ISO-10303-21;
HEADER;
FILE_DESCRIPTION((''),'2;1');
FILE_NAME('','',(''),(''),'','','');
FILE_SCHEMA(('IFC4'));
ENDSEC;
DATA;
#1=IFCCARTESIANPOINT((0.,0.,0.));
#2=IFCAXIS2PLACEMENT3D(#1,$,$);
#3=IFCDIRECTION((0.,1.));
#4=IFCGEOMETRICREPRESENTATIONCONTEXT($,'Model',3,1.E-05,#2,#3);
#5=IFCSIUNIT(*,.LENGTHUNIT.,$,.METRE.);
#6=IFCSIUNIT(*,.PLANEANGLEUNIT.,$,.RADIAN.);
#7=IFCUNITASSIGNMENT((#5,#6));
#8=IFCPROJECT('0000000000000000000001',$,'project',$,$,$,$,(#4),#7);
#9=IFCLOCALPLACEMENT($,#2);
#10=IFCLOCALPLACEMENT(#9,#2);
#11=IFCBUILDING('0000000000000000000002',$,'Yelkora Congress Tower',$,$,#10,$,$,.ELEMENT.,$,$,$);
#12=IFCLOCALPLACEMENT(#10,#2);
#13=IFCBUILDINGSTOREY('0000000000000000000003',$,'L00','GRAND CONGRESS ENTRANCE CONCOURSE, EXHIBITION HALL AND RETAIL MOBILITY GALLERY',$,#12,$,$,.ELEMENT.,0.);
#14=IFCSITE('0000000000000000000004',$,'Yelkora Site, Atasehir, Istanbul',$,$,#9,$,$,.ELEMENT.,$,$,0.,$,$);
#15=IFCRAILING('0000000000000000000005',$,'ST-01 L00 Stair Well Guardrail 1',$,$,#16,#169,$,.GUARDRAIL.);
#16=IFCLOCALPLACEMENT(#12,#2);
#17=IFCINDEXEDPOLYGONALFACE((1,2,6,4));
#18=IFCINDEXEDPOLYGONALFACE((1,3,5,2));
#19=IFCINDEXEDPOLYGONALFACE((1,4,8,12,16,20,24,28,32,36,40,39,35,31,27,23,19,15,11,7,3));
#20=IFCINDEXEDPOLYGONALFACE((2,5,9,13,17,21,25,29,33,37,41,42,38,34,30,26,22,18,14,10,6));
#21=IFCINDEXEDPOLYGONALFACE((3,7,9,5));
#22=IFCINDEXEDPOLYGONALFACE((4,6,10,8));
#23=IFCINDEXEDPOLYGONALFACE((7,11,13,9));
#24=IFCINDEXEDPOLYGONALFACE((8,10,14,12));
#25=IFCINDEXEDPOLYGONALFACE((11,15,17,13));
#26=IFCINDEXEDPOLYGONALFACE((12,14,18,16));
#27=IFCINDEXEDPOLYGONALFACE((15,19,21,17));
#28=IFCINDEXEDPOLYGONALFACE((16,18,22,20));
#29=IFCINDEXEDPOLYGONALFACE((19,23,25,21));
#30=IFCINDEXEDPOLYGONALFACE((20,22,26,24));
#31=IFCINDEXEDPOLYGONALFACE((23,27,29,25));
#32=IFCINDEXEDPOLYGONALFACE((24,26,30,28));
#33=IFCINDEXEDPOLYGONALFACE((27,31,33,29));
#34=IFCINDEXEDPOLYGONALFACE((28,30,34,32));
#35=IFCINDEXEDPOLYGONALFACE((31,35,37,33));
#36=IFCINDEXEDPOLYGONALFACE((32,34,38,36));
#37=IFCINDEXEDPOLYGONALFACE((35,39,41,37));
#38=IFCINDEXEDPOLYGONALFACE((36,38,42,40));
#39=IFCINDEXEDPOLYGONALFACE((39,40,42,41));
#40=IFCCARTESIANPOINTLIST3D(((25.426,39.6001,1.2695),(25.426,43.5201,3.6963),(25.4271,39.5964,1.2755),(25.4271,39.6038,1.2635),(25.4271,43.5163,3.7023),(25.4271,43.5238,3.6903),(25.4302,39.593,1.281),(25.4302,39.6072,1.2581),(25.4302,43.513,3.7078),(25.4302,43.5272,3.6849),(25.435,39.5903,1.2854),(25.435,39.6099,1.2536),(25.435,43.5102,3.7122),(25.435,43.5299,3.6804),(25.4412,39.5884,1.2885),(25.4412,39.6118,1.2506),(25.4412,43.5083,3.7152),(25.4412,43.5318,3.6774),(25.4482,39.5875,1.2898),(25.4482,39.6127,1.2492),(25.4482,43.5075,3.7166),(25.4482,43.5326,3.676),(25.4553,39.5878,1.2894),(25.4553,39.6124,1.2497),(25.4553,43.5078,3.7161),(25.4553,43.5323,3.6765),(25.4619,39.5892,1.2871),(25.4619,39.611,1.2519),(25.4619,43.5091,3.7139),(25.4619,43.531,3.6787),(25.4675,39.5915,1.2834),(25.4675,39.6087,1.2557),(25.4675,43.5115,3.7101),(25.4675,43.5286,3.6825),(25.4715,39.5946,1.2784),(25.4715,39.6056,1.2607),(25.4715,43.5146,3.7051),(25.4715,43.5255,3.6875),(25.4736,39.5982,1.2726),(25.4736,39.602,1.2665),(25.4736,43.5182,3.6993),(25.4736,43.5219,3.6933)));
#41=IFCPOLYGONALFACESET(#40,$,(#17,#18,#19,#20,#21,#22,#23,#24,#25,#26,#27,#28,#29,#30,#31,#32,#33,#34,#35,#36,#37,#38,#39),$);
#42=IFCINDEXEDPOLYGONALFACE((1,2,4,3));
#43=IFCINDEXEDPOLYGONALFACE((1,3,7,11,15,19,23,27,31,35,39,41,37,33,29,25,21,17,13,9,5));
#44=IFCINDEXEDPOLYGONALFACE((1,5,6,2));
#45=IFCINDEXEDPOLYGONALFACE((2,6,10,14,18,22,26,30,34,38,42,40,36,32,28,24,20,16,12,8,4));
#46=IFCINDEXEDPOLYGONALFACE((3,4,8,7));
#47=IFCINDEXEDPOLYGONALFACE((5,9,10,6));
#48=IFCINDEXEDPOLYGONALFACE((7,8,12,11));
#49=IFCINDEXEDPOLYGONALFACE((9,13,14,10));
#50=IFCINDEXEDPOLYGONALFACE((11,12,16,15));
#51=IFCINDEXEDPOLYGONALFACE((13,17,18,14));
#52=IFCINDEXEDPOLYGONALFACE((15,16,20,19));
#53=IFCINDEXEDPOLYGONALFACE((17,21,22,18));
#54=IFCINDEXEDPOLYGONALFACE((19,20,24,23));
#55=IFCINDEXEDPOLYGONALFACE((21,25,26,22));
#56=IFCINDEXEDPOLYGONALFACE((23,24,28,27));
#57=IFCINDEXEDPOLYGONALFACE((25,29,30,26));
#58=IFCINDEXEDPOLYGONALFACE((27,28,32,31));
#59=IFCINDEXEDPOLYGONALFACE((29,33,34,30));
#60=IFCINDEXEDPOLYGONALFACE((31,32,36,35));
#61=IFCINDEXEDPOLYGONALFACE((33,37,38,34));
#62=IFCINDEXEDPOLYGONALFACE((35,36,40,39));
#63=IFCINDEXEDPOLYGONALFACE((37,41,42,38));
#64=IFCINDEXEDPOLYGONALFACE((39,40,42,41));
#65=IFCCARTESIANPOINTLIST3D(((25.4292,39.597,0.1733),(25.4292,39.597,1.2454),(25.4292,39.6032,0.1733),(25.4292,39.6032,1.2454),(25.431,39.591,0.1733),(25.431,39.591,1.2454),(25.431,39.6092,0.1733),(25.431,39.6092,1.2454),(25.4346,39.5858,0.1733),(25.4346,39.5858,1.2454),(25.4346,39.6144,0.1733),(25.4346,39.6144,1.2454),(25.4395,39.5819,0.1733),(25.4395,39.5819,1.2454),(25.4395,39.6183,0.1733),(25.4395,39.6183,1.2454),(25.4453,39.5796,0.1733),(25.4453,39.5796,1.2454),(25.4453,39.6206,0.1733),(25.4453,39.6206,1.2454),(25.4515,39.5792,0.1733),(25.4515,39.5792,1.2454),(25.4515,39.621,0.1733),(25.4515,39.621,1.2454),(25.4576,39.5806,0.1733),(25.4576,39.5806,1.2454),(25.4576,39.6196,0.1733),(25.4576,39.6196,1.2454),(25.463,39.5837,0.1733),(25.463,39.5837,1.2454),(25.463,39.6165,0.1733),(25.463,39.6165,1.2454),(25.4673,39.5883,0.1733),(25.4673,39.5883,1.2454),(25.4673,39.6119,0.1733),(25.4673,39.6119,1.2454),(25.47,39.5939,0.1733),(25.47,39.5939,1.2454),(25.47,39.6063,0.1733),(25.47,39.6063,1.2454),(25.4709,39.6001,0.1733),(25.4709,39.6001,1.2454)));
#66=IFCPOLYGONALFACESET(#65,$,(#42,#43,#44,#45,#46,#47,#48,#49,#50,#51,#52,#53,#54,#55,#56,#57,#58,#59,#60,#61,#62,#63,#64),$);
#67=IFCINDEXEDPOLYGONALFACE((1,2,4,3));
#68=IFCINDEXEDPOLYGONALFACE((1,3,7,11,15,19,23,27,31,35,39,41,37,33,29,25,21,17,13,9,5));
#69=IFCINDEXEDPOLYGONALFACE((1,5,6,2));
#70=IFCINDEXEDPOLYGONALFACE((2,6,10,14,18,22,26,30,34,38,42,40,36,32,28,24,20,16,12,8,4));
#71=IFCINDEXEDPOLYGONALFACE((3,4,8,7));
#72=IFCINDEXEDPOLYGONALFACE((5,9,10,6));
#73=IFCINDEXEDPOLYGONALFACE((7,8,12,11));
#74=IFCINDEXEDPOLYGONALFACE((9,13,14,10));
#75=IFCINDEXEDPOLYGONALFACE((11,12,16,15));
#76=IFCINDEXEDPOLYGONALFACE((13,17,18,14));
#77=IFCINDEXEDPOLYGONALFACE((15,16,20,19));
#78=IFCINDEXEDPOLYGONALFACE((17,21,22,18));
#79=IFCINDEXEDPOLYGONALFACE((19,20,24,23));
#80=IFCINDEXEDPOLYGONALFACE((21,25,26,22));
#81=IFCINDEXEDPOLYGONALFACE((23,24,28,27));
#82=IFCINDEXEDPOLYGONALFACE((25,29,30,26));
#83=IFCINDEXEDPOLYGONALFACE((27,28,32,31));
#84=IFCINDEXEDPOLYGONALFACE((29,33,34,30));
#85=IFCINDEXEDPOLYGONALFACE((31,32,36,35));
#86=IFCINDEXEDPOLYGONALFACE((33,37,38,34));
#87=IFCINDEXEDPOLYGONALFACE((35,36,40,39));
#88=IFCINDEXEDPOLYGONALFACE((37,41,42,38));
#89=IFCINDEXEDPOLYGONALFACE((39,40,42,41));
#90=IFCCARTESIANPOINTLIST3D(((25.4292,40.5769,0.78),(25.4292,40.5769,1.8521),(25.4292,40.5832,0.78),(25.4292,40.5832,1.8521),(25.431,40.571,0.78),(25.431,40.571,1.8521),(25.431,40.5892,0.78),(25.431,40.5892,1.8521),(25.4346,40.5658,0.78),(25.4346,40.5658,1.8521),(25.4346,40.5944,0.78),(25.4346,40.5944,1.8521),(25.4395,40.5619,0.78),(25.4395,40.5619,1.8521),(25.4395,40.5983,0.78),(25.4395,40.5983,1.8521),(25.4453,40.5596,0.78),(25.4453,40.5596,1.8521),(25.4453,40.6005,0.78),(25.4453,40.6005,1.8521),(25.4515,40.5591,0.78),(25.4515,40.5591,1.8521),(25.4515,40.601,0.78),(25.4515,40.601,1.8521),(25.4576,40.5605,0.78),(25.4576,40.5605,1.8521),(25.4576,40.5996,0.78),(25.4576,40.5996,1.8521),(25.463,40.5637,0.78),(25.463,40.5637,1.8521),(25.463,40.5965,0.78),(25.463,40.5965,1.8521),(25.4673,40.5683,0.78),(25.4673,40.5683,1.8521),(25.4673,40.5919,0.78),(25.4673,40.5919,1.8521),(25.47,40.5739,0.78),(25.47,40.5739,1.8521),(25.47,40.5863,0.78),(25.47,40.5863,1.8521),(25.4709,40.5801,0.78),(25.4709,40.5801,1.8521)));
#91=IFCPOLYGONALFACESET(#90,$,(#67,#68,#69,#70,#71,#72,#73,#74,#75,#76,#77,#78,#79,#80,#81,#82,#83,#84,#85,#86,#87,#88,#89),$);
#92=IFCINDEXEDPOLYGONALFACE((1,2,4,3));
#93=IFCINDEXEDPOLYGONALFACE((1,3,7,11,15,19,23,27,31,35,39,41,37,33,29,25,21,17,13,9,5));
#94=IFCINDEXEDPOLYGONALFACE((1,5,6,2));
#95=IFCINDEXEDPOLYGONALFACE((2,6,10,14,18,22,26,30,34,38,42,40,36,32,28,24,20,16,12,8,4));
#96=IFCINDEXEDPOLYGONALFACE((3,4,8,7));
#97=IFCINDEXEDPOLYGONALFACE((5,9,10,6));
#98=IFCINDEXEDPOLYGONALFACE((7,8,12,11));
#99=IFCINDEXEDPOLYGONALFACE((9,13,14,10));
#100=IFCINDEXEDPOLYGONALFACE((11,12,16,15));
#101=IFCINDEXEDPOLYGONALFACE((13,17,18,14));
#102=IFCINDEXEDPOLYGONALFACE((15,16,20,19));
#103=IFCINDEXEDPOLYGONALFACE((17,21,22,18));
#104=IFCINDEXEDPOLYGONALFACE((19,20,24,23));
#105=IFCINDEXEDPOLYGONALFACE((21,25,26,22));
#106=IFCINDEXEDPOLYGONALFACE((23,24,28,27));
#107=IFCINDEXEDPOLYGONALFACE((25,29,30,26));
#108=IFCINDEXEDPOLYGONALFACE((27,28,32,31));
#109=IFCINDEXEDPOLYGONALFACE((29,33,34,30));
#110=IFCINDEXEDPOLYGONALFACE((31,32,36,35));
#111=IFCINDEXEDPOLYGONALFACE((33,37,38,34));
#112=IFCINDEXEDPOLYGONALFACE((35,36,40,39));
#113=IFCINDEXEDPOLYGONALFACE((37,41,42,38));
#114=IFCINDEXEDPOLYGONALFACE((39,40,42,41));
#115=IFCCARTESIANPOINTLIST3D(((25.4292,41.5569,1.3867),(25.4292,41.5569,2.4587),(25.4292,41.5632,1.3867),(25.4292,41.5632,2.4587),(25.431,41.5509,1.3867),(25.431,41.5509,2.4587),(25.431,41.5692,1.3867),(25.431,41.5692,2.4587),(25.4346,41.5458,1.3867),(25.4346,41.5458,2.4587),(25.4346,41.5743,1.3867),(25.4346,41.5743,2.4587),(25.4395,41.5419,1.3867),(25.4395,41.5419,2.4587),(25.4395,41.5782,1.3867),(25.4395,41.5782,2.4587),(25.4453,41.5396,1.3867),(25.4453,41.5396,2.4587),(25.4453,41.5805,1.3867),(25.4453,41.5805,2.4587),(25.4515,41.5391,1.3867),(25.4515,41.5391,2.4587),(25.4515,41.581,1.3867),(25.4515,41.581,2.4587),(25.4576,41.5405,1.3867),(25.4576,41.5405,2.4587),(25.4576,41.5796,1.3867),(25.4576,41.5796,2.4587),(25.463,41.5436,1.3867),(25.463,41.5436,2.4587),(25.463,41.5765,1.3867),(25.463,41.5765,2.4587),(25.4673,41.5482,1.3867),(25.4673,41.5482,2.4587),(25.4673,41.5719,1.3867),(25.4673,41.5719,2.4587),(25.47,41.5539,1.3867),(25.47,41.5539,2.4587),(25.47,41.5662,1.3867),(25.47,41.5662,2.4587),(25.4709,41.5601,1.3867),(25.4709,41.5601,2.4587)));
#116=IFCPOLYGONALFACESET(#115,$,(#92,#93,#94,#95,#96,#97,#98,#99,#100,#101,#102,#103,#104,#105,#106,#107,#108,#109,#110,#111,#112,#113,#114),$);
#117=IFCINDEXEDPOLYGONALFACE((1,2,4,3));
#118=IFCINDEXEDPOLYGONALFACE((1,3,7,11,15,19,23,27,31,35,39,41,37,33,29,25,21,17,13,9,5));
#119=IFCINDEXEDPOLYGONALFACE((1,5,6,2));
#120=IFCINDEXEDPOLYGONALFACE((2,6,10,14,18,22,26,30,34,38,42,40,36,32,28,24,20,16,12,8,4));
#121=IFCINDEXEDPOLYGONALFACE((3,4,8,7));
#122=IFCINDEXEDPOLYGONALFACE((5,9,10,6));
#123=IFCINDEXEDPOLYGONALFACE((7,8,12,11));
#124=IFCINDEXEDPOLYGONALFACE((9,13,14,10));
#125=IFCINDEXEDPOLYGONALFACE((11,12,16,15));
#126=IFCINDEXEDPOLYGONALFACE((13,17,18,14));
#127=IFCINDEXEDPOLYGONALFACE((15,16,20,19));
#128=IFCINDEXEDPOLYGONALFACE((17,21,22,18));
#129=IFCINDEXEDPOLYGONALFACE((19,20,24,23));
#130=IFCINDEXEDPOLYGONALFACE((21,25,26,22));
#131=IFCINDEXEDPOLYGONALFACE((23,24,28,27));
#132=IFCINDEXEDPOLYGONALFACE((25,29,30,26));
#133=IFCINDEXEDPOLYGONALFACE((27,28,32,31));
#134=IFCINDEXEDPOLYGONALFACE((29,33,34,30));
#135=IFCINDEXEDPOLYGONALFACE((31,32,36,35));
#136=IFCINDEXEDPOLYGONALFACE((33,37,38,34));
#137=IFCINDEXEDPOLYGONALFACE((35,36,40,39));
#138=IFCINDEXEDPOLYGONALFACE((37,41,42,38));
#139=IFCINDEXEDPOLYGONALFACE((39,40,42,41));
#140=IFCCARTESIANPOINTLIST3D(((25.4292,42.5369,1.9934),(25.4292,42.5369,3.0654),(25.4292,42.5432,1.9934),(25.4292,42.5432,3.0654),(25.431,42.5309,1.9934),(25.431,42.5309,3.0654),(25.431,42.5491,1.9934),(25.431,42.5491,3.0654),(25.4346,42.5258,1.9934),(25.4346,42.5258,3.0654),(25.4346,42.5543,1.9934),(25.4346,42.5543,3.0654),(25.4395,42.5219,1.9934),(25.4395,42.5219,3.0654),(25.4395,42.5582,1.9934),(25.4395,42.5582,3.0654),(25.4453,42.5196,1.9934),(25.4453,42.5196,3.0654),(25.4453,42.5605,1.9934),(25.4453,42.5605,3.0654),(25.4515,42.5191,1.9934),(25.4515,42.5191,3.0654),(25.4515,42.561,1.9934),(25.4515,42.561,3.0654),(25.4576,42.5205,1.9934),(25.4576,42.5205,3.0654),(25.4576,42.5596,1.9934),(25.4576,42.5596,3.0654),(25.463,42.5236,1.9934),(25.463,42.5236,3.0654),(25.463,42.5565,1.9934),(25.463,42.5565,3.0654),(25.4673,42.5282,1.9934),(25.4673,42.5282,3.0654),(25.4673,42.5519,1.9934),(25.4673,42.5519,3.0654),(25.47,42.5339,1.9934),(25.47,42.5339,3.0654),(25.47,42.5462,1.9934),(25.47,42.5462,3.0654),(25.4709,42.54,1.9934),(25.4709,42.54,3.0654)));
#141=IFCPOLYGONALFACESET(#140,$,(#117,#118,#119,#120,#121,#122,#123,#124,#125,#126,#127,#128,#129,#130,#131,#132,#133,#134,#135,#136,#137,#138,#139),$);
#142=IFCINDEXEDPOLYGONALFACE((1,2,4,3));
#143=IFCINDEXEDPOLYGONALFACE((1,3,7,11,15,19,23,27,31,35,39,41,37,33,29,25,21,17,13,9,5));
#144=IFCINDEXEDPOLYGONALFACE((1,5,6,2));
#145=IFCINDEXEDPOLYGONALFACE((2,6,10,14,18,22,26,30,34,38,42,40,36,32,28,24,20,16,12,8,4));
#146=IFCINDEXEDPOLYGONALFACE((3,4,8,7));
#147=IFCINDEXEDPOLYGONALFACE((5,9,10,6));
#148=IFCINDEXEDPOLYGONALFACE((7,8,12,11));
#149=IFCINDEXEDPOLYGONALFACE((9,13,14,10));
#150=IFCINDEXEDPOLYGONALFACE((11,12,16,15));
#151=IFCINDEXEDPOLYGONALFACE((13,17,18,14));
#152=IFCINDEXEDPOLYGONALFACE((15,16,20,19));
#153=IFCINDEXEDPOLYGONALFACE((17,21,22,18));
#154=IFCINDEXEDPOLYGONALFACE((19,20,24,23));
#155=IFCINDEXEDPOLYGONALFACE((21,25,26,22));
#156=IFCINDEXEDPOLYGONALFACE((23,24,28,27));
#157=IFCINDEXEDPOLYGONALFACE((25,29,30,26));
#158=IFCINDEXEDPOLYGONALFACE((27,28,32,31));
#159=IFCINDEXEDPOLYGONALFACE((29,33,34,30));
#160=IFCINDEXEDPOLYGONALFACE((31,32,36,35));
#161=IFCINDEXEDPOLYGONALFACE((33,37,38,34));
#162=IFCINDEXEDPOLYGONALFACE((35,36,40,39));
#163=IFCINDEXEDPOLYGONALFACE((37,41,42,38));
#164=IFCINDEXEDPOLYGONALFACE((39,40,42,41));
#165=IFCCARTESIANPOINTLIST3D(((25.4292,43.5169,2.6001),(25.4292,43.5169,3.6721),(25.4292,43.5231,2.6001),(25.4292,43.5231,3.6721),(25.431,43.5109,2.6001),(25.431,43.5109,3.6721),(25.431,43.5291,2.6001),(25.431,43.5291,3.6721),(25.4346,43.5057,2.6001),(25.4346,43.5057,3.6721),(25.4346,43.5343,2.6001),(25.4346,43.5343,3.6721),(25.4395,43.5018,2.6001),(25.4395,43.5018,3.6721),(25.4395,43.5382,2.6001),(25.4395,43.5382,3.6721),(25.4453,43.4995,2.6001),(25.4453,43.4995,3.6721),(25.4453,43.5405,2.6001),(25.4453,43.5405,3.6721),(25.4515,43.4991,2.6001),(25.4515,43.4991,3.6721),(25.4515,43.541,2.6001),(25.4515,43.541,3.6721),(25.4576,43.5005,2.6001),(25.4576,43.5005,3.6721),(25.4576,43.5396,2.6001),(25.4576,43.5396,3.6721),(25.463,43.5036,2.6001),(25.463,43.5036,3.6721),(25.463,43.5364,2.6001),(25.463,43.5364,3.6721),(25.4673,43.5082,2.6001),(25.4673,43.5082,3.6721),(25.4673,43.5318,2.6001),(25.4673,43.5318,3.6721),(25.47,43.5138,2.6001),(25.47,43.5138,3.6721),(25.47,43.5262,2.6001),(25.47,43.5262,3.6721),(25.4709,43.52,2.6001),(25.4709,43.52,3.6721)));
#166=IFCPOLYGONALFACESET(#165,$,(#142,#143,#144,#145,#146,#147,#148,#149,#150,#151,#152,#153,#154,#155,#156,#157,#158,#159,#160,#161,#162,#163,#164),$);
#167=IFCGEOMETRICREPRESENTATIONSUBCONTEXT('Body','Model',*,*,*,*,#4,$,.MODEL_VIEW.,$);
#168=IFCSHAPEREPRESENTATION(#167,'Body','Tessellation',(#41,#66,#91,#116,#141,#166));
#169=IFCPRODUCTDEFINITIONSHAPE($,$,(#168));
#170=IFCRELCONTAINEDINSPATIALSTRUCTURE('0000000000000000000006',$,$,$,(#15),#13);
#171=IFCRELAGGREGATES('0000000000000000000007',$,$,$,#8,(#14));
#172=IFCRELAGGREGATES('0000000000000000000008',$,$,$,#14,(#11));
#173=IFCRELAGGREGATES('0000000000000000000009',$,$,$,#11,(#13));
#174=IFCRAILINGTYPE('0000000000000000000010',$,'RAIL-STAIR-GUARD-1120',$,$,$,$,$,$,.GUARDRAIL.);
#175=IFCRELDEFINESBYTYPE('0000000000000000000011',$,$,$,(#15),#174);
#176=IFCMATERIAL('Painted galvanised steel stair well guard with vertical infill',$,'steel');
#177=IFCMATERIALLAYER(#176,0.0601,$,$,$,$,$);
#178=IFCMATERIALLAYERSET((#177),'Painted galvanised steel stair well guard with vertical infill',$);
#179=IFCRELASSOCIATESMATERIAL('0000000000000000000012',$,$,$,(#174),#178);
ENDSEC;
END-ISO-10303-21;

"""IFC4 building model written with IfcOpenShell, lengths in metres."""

from ifc_helpers import new_model, si_unit, direction, frame, origin, origin_2d, place, context, subcontext, project, spatial, circle, extrude, material, layer, layer_set, type_object, element, save


model = new_model("IFC4")

# Units and contexts
model_context = context("Model", 3, precision=1e-05, world=origin(), true_north=direction((0.0, 1.0)))
body_context = subcontext(model_context, "Body", "Model", "MODEL_VIEW")
ifc_project = project(units=[si_unit("LENGTHUNIT", "METRE"), si_unit("PLANEANGLEUNIT", "RADIAN")], contexts=[model_context])

# Site, building, storey
site_placement = place(None, origin())
site = spatial("IfcSite", under=ifc_project, at=site_placement, Name="Yelkora Site, Atasehir, Istanbul", CompositionType="ELEMENT", RefElevation=0.0)
building_placement = place(site_placement, origin())
building = spatial("IfcBuilding", under=site, at=building_placement, Name="Yelkora Congress Tower", CompositionType="ELEMENT")
storey_placement = place(building_placement, origin())
storey = spatial("IfcBuildingStorey", under=building, at=storey_placement, Name="L00", Description="GRAND CONGRESS ENTRANCE CONCOURSE, EXHIBITION HALL AND RETAIL MOBILITY GALLERY", CompositionType="ELEMENT", Elevation=0.0)

# Railing
ifc_material_1 = material(Name="Painted galvanised steel stair well guard with vertical infill", Category="steel")
ifc_layer_1 = layer(ifc_material_1, 0.0601)
ifc_layer_set_1 = layer_set([ifc_layer_1], Name="Painted galvanised steel stair well guard with vertical infill")
railing_type_1 = type_object("IfcRailingType", Name="RAIL-STAIR-GUARD-1120", PredefinedType="GUARDRAIL", material=ifc_layer_set_1)
railing_1_placement = place(storey_placement, frame((25.45, 39.6001, 0.1733)))
element("IfcRailing", 1, at=railing_1_placement, inside=storey, type_object=railing_type_1, Name="ST-01 L00 Stair Well Guardrail 1", PredefinedType="GUARDRAIL", context=body_context, shape_type="SweptSolid", body=[
    extrude(circle(Radius=0.0239, at=origin_2d()), frame((0.0, 0.0, 1.0962), z_axis=(0.0, 0.850252, 0.526376), x_axis=(-1.0, 0.0, 0.0)), (0.0, 0.0, 1.0), 4.6104),
    extrude(circle(Radius=0.021, at=origin_2d()), origin(), (0.0, 0.0, 1.0), 1.072),
    extrude(circle(Radius=0.021, at=origin_2d()), frame((0.0, 0.98, 0.6067)), (0.0, 0.0, 1.0), 1.072),
    extrude(circle(Radius=0.021, at=origin_2d()), frame((0.0, 1.96, 1.2134)), (0.0, 0.0, 1.0), 1.072),
    extrude(circle(Radius=0.021, at=origin_2d()), frame((0.0, 2.9399, 1.8201)), (0.0, 0.0, 1.0), 1.072),
    extrude(circle(Radius=0.021, at=origin_2d()), frame((0.0, 3.9199, 2.4268)), (0.0, 0.0, 1.0), 1.072),
])

save(model, "model.ifc")
